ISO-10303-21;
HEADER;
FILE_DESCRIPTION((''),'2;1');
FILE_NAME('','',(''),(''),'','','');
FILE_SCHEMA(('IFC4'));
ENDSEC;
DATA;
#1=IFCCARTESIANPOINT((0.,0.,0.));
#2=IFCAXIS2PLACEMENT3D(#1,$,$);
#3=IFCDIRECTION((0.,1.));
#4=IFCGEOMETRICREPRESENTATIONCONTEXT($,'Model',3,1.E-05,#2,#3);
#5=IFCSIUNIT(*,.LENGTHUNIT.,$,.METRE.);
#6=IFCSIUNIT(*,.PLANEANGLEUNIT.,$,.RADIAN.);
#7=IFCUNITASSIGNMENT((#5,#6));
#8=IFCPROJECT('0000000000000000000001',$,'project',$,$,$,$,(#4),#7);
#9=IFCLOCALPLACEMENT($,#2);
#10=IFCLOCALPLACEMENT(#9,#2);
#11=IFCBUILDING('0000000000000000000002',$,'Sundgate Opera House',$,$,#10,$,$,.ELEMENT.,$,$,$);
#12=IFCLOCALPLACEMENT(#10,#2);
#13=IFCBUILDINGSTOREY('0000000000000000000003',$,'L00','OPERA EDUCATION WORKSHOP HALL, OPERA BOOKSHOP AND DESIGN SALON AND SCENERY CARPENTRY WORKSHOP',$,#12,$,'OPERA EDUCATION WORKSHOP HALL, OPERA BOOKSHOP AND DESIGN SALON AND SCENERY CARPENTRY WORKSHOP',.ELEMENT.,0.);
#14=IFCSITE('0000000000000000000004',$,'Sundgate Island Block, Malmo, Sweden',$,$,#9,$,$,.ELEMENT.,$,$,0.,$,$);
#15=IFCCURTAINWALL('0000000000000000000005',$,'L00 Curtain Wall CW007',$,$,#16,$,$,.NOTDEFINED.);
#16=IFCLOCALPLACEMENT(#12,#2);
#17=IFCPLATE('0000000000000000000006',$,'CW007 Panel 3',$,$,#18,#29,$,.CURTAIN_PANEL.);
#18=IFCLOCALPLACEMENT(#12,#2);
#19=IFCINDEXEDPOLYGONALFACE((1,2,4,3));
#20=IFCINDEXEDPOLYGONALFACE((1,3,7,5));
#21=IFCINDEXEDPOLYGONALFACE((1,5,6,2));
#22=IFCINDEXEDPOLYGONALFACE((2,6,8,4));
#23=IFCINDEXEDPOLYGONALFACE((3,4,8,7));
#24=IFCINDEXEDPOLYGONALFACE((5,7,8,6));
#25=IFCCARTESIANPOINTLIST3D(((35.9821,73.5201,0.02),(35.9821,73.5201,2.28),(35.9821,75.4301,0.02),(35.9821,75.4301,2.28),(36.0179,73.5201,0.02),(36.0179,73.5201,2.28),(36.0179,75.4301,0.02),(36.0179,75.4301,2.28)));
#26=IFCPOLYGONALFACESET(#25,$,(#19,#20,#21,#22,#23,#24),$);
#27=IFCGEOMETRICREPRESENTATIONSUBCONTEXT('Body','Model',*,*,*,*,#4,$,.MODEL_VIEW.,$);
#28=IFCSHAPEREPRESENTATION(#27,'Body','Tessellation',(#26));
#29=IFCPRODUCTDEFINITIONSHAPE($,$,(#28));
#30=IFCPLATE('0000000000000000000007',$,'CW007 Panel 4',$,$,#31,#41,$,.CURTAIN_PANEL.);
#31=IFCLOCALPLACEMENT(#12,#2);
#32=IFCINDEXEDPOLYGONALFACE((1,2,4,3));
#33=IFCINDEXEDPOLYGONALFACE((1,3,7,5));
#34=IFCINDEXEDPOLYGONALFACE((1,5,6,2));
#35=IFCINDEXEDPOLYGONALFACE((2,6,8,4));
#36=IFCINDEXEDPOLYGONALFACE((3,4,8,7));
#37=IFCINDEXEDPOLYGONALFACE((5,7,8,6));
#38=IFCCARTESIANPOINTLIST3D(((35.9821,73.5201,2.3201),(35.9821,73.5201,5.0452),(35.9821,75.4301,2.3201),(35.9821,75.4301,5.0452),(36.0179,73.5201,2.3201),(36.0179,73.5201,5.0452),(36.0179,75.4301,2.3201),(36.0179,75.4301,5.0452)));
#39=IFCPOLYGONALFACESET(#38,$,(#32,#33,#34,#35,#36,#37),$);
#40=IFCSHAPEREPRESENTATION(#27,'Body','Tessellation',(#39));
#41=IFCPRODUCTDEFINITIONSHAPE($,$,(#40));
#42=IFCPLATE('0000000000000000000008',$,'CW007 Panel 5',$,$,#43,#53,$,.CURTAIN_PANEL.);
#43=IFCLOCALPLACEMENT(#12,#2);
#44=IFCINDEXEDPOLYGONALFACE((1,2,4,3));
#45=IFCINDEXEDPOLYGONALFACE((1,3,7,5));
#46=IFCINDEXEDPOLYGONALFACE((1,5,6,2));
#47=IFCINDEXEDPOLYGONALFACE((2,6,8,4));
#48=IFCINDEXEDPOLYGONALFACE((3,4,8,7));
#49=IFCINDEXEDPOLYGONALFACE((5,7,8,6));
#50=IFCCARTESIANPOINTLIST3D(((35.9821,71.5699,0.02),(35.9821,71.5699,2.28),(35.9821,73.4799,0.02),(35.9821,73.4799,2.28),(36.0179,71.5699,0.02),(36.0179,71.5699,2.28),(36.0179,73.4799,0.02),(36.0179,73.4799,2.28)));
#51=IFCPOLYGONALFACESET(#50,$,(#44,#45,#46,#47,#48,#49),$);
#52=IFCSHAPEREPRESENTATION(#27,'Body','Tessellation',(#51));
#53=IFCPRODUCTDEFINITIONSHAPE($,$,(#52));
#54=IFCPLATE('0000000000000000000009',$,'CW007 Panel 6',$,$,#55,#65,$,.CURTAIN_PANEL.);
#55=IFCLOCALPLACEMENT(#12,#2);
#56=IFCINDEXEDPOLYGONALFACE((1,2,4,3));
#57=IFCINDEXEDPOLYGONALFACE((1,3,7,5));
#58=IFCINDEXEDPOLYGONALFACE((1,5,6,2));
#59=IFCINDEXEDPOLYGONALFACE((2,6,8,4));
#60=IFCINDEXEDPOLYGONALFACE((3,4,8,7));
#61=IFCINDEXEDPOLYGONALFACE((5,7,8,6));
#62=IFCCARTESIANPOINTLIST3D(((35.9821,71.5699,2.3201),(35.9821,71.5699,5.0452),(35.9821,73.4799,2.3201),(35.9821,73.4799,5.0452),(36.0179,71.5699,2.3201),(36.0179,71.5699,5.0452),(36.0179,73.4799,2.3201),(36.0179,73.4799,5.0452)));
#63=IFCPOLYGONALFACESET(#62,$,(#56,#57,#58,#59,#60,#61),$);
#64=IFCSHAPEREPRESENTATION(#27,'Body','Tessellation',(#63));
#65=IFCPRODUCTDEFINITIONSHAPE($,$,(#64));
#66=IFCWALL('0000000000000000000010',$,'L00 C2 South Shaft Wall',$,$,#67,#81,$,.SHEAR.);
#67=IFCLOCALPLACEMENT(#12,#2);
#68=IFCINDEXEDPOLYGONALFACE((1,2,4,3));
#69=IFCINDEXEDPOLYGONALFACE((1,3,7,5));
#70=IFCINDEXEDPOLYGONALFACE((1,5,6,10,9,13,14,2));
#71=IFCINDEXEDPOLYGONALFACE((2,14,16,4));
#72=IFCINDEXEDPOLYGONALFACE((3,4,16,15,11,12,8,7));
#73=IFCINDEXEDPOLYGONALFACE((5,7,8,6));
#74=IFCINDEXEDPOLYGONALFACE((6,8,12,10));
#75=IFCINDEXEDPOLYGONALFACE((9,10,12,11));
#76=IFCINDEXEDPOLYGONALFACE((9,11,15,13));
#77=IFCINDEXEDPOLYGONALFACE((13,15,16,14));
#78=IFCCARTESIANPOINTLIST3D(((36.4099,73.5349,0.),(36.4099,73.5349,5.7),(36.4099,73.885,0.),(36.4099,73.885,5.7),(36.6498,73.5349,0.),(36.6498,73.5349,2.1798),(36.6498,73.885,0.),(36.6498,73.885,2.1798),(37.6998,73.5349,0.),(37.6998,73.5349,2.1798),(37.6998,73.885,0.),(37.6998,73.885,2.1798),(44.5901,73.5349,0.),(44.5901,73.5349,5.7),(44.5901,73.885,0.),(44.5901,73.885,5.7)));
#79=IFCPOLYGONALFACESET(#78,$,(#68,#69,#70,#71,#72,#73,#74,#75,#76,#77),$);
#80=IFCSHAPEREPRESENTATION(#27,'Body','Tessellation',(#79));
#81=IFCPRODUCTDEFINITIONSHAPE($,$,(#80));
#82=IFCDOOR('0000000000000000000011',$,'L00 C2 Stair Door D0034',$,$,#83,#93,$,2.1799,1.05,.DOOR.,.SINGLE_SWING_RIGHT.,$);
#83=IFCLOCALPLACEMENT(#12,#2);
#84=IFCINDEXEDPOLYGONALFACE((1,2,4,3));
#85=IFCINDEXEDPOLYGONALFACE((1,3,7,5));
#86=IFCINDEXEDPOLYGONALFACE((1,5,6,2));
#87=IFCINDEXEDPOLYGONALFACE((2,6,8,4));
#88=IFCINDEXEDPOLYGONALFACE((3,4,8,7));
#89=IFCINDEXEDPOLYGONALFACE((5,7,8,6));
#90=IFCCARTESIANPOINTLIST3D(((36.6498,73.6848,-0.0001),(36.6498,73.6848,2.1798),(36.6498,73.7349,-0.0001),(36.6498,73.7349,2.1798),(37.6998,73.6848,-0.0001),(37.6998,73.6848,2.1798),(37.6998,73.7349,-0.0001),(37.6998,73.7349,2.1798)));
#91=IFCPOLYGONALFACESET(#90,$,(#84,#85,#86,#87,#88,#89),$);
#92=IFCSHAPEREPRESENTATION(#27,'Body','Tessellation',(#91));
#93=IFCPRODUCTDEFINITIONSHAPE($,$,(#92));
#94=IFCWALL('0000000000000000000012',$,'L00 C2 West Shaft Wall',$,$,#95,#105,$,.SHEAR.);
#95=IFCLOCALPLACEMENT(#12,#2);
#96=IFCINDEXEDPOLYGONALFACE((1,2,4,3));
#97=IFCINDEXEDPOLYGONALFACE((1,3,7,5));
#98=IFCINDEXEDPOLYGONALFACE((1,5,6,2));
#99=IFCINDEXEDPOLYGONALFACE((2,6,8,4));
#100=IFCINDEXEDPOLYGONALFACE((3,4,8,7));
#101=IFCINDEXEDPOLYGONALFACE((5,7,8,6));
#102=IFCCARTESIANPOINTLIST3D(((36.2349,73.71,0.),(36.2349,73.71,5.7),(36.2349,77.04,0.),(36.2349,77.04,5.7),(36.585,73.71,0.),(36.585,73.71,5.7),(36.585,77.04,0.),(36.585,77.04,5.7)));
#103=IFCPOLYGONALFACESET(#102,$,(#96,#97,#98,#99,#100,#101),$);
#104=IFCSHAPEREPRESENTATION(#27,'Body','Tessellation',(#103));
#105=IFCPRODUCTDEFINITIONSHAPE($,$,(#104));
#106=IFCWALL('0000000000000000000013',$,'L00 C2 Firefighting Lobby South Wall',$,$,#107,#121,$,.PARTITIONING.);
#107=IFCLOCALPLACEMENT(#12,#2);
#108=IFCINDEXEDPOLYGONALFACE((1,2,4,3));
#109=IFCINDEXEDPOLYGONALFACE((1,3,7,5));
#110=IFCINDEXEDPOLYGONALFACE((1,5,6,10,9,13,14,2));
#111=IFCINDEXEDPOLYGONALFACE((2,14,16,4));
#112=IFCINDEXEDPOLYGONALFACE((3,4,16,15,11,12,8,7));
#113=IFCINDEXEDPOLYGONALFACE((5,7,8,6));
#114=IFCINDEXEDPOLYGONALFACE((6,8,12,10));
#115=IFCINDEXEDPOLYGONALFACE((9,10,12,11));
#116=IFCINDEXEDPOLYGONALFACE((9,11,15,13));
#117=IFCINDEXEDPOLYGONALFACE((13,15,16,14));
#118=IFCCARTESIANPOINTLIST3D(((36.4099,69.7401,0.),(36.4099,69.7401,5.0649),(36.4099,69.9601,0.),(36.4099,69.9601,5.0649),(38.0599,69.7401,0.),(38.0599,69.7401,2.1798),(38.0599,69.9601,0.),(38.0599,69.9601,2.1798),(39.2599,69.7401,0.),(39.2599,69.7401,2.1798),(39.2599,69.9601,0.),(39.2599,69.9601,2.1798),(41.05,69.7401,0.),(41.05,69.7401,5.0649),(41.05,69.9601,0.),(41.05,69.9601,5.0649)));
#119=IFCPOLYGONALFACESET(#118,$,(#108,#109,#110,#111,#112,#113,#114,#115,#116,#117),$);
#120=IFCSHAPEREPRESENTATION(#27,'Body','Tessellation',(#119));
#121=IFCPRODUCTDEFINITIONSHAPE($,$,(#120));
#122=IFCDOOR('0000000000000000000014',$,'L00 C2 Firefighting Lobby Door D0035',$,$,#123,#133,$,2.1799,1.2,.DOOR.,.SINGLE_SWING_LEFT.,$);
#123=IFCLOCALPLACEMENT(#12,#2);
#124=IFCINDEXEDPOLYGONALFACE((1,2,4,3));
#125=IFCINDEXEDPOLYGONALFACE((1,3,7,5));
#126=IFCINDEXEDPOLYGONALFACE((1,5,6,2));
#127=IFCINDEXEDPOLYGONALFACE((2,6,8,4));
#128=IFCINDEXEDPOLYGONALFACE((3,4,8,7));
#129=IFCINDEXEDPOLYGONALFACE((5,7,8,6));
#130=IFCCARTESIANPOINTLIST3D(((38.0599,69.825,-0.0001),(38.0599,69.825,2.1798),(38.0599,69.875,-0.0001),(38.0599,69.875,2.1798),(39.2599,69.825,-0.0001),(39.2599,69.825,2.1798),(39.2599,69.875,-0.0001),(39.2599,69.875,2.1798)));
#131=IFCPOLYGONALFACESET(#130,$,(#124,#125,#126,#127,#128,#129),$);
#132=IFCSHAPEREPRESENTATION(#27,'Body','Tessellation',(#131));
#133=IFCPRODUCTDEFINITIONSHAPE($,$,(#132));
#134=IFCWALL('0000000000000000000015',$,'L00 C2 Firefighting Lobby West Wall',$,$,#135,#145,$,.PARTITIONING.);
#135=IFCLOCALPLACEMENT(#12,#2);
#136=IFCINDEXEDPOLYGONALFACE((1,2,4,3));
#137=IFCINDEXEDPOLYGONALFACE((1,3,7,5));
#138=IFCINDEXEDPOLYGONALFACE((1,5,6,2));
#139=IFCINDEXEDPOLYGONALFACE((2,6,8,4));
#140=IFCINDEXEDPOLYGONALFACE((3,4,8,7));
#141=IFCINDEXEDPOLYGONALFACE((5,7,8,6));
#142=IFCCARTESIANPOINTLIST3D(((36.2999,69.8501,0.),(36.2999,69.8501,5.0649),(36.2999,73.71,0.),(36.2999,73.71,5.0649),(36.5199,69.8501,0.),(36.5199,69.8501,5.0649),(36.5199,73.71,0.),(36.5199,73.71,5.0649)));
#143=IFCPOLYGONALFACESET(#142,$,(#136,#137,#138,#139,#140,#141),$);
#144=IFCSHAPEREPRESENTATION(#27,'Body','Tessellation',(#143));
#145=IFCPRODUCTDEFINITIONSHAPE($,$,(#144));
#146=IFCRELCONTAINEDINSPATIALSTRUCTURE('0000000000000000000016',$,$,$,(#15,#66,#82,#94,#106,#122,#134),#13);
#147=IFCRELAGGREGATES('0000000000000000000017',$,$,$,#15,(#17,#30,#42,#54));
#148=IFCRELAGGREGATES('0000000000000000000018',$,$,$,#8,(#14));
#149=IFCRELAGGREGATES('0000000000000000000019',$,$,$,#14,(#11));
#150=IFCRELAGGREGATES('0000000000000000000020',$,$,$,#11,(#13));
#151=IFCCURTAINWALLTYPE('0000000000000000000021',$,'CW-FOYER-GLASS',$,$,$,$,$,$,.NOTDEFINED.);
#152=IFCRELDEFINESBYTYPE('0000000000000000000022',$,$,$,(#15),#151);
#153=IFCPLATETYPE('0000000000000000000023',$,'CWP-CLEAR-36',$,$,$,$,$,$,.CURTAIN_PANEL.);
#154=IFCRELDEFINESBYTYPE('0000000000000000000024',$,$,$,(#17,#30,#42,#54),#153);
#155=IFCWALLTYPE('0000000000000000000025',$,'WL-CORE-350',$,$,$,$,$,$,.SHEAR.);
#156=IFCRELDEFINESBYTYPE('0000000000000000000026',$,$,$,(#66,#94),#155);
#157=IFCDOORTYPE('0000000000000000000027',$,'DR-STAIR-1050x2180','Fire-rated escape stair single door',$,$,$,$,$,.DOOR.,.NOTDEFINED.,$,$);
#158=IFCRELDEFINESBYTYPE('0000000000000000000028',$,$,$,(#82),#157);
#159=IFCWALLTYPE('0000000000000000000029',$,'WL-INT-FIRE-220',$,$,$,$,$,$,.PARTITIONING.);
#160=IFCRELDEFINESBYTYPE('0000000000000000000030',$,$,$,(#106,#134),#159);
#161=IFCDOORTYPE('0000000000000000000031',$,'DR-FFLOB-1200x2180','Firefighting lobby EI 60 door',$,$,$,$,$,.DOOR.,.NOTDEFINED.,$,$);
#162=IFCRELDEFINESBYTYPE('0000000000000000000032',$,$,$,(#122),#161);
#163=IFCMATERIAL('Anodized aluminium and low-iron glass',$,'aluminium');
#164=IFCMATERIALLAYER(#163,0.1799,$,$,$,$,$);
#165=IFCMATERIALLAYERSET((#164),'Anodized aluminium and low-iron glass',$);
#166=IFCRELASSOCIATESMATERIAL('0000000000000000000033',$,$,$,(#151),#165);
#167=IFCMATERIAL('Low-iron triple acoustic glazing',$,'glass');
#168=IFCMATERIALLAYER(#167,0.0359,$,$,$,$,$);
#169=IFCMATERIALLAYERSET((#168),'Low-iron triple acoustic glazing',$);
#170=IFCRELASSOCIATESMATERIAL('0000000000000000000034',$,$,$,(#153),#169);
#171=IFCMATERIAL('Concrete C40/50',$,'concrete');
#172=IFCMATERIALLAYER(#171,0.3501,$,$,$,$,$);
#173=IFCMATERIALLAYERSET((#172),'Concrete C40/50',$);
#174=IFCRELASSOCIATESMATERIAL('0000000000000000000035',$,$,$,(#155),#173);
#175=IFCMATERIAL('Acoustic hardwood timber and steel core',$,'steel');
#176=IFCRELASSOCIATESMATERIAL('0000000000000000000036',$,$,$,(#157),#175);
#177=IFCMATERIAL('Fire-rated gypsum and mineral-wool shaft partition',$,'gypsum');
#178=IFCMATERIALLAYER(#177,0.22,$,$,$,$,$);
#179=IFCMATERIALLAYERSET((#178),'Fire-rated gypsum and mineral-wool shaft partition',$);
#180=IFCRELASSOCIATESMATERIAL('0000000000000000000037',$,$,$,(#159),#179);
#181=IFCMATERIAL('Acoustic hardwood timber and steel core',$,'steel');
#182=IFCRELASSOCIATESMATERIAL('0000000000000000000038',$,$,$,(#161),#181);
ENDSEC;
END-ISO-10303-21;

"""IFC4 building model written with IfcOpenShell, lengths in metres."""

from ifc_helpers import new_model, si_unit, direction, frame, frame_2d, origin, origin_2d, place, context, subcontext, project, spatial, rectangle, extrude, material, layer, layer_set, type_object, element, fill, aggregate, save


model = new_model("IFC4")

# Units and contexts
model_context = context("Model", 3, precision=1e-05, world=origin(), true_north=direction((0.0, 1.0)))
body_context = subcontext(model_context, "Body", "Model", "MODEL_VIEW")
ifc_project = project(units=[si_unit("LENGTHUNIT", "METRE"), si_unit("PLANEANGLEUNIT", "RADIAN")], contexts=[model_context])

# Site, building, storey
site_placement = place(None, origin())
site = spatial("IfcSite", under=ifc_project, at=site_placement, Name="Sundgate Island Block, Malmo, Sweden", CompositionType="ELEMENT", RefElevation=0.0)
building_placement = place(site_placement, origin())
building = spatial("IfcBuilding", under=site, at=building_placement, Name="Sundgate Opera House", CompositionType="ELEMENT")
storey_placement = place(building_placement, origin())
storey = spatial("IfcBuildingStorey", under=building, at=storey_placement, Name="L00", Description="OPERA EDUCATION WORKSHOP HALL, OPERA BOOKSHOP AND DESIGN SALON AND SCENERY CARPENTRY WORKSHOP", LongName="OPERA EDUCATION WORKSHOP HALL, OPERA BOOKSHOP AND DESIGN SALON AND SCENERY CARPENTRY WORKSHOP", CompositionType="ELEMENT", Elevation=0.0)

# Curtain wall, plates
ifc_material_1 = material(Name="Anodized aluminium and low-iron glass", Category="aluminium")
ifc_layer_1 = layer(ifc_material_1, 0.1799)
ifc_layer_set_1 = layer_set([ifc_layer_1], Name="Anodized aluminium and low-iron glass")
curtain_wall_type = type_object("IfcCurtainWallType", Name="CW-FOYER-GLASS", PredefinedType="NOTDEFINED", material=ifc_layer_set_1)
curtain_wall_placement = place(storey_placement, origin())
curtain_wall = element("IfcCurtainWall", 1, at=curtain_wall_placement, inside=storey, type_object=curtain_wall_type, Name="L00 Curtain Wall CW007", PredefinedType="NOTDEFINED")
ifc_material_2 = material(Name="Low-iron triple acoustic glazing", Category="glass")
ifc_layer_2 = layer(ifc_material_2, 0.0359)
ifc_layer_set_2 = layer_set([ifc_layer_2], Name="Low-iron triple acoustic glazing")
plate_type = type_object("IfcPlateType", Name="CWP-CLEAR-36", PredefinedType="CURTAIN_PANEL", material=ifc_layer_set_2)
plate_1_placement = place(storey_placement, frame((36.0, 74.4751, 0.02), z_axis=(0.0, 0.0, 1.0), x_axis=(0.0, -1.0, 0.0)))
plate_1 = element("IfcPlate", 2, at=plate_1_placement, type_object=plate_type, Name="CW007 Panel 3", PredefinedType="CURTAIN_PANEL", context=body_context, shape_type="SweptSolid", body=[
    extrude(rectangle(XDim=1.9099, YDim=0.0359, at=origin_2d()), origin(), (0.0, 0.0, 1.0), 2.26),
])
plate_2_placement = place(storey_placement, frame((36.0, 74.4751, 2.3201), z_axis=(0.0, 0.0, 1.0), x_axis=(0.0, -1.0, 0.0)))
plate_2 = element("IfcPlate", 3, at=plate_2_placement, type_object=plate_type, Name="CW007 Panel 4", PredefinedType="CURTAIN_PANEL", context=body_context, shape_type="SweptSolid", body=[
    extrude(rectangle(XDim=1.9099, YDim=0.0359, at=origin_2d()), origin(), (0.0, 0.0, 1.0), 2.7251),
])
plate_3_placement = place(storey_placement, frame((36.0, 72.5249, 0.02), z_axis=(0.0, 0.0, 1.0), x_axis=(0.0, -1.0, 0.0)))
plate_3 = element("IfcPlate", 4, at=plate_3_placement, type_object=plate_type, Name="CW007 Panel 5", PredefinedType="CURTAIN_PANEL", context=body_context, shape_type="SweptSolid", body=[
    extrude(rectangle(XDim=1.9099, YDim=0.0359, at=origin_2d()), origin(), (0.0, 0.0, 1.0), 2.26),
])
plate_4_placement = place(storey_placement, frame((36.0, 72.5249, 2.3201), z_axis=(0.0, 0.0, 1.0), x_axis=(0.0, -1.0, 0.0)))
plate_4 = element("IfcPlate", 5, at=plate_4_placement, type_object=plate_type, Name="CW007 Panel 6", PredefinedType="CURTAIN_PANEL", context=body_context, shape_type="SweptSolid", body=[
    extrude(rectangle(XDim=1.9099, YDim=0.0359, at=origin_2d()), origin(), (0.0, 0.0, 1.0), 2.7251),
])
aggregate(curtain_wall, [plate_1, plate_2, plate_3, plate_4])

# Wall, opening, door
ifc_material_3 = material(Name="Concrete C40/50", Category="concrete")
ifc_layer_3 = layer(ifc_material_3, 0.3501)
ifc_layer_set_3 = layer_set([ifc_layer_3], Name="Concrete C40/50")
wall_type_1 = type_object("IfcWallType", Name="WL-CORE-350", PredefinedType="SHEAR", material=ifc_layer_set_3)
wall_1_placement = place(storey_placement, frame((36.4099, 73.71, 0.0), z_axis=(0.0, 0.0, 1.0), x_axis=(1.0, 0.0, 0.0)))
wall_1 = element("IfcWall", 6, at=wall_1_placement, inside=storey, type_object=wall_type_1, Name="L00 C2 South Shaft Wall", PredefinedType="SHEAR", context=body_context, shape_type="SweptSolid", body=[
    extrude(rectangle(XDim=8.1802, YDim=0.3501, at=frame_2d((4.0901, 0.0))), origin(), (0.0, 0.0, 1.0), 5.7),
])
opening_1_placement = place(wall_1_placement, frame((0.24, 0.0, 0.0)))
opening_1 = element("IfcOpeningElement", 7, at=opening_1_placement, cuts=wall_1, PredefinedType="OPENING", context=body_context, shape_type="SweptSolid", body=[
    extrude(rectangle(XDim=1.05, YDim=2.1799, at=frame_2d((0.5249, 1.0898))), frame((0.0, 0.1851, 0.0), z_axis=(0.0, -1.0, 0.0), x_axis=(1.0, 0.0, 0.0)), (0.0, 0.0, 1.0), 0.3701),
])
ifc_material_4 = material(Name="Acoustic hardwood timber and steel core", Category="steel")
door_type_1 = type_object("IfcDoorType", Name="DR-STAIR-1050x2180", Description="Fire-rated escape stair single door", OperationType="NOTDEFINED", PredefinedType="DOOR", material=ifc_material_4)
door_1_placement = place(opening_1_placement, origin())
door_1 = element("IfcDoor", 8, at=door_1_placement, inside=storey, type_object=door_type_1, Name="L00 C2 Stair Door D0034", OperationType="SINGLE_SWING_RIGHT", OverallHeight=2.1799, OverallWidth=1.05, PredefinedType="DOOR", context=body_context, shape_type="SweptSolid", body=[
    extrude(rectangle(XDim=1.05, YDim=2.1799, at=frame_2d((0.5249, 1.0898))), frame((0.0, 0.0249, 0.0), z_axis=(0.0, -1.0, 0.0), x_axis=(1.0, 0.0, 0.0)), (0.0, 0.0, 1.0), 0.05),
])
fill(opening_1, door_1)

# Wall
wall_2_placement = place(storey_placement, frame((36.4099, 73.71, 0.0), z_axis=(0.0, 0.0, 1.0), x_axis=(0.0, 1.0, 0.0)))
element("IfcWall", 9, at=wall_2_placement, inside=storey, type_object=wall_type_1, Name="L00 C2 West Shaft Wall", PredefinedType="SHEAR", context=body_context, shape_type="SweptSolid", body=[
    extrude(rectangle(XDim=3.3301, YDim=0.3501, at=frame_2d((1.665, 0.0))), origin(), (0.0, 0.0, 1.0), 5.7),
])

# Wall, opening, door
ifc_material_5 = material(Name="Fire-rated gypsum and mineral-wool shaft partition", Category="gypsum")
ifc_layer_4 = layer(ifc_material_5, 0.22)
ifc_layer_set_4 = layer_set([ifc_layer_4], Name="Fire-rated gypsum and mineral-wool shaft partition")
wall_type_2 = type_object("IfcWallType", Name="WL-INT-FIRE-220", PredefinedType="PARTITIONING", material=ifc_layer_set_4)
wall_3_placement = place(storey_placement, frame((36.4099, 69.8501, 0.0), z_axis=(0.0, 0.0, 1.0), x_axis=(1.0, 0.0, 0.0)))
wall_3 = element("IfcWall", 10, at=wall_3_placement, inside=storey, type_object=wall_type_2, Name="L00 C2 Firefighting Lobby South Wall", PredefinedType="PARTITIONING", context=body_context, shape_type="SweptSolid", body=[
    extrude(rectangle(XDim=4.6401, YDim=0.22, at=frame_2d((2.3201, 0.0))), origin(), (0.0, 0.0, 1.0), 5.0649),
])
opening_2_placement = place(wall_3_placement, frame((1.6499, 0.0, 0.0)))
opening_2 = element("IfcOpeningElement", 11, at=opening_2_placement, cuts=wall_3, PredefinedType="OPENING", context=body_context, shape_type="SweptSolid", body=[
    extrude(rectangle(XDim=1.2, YDim=2.1799, at=frame_2d((0.6001, 1.0898))), frame((0.0, 0.1199, 0.0), z_axis=(0.0, -1.0, 0.0), x_axis=(1.0, 0.0, 0.0)), (0.0, 0.0, 1.0), 0.24),
])
ifc_material_6 = material(Name="Acoustic hardwood timber and steel core", Category="steel")
door_type_2 = type_object("IfcDoorType", Name="DR-FFLOB-1200x2180", Description="Firefighting lobby EI 60 door", OperationType="NOTDEFINED", PredefinedType="DOOR", material=ifc_material_6)
door_2_placement = place(opening_2_placement, origin())
door_2 = element("IfcDoor", 12, at=door_2_placement, inside=storey, type_object=door_type_2, Name="L00 C2 Firefighting Lobby Door D0035", OperationType="SINGLE_SWING_LEFT", OverallHeight=2.1799, OverallWidth=1.2, PredefinedType="DOOR", context=body_context, shape_type="SweptSolid", body=[
    extrude(rectangle(XDim=1.2, YDim=2.1799, at=frame_2d((0.6001, 1.0898))), frame((0.0, 0.0249, 0.0), z_axis=(0.0, -1.0, 0.0), x_axis=(1.0, 0.0, 0.0)), (0.0, 0.0, 1.0), 0.05),
])
fill(opening_2, door_2)

# Wall
wall_4_placement = place(storey_placement, frame((36.4099, 69.8501, 0.0), z_axis=(0.0, 0.0, 1.0), x_axis=(0.0, 1.0, 0.0)))
element("IfcWall", 13, at=wall_4_placement, inside=storey, type_object=wall_type_2, Name="L00 C2 Firefighting Lobby West Wall", PredefinedType="PARTITIONING", context=body_context, shape_type="SweptSolid", body=[
    extrude(rectangle(XDim=3.8599, YDim=0.22, at=frame_2d((1.9299, 0.0))), origin(), (0.0, 0.0, 1.0), 5.0649),
])

save(model, "model.ifc")
